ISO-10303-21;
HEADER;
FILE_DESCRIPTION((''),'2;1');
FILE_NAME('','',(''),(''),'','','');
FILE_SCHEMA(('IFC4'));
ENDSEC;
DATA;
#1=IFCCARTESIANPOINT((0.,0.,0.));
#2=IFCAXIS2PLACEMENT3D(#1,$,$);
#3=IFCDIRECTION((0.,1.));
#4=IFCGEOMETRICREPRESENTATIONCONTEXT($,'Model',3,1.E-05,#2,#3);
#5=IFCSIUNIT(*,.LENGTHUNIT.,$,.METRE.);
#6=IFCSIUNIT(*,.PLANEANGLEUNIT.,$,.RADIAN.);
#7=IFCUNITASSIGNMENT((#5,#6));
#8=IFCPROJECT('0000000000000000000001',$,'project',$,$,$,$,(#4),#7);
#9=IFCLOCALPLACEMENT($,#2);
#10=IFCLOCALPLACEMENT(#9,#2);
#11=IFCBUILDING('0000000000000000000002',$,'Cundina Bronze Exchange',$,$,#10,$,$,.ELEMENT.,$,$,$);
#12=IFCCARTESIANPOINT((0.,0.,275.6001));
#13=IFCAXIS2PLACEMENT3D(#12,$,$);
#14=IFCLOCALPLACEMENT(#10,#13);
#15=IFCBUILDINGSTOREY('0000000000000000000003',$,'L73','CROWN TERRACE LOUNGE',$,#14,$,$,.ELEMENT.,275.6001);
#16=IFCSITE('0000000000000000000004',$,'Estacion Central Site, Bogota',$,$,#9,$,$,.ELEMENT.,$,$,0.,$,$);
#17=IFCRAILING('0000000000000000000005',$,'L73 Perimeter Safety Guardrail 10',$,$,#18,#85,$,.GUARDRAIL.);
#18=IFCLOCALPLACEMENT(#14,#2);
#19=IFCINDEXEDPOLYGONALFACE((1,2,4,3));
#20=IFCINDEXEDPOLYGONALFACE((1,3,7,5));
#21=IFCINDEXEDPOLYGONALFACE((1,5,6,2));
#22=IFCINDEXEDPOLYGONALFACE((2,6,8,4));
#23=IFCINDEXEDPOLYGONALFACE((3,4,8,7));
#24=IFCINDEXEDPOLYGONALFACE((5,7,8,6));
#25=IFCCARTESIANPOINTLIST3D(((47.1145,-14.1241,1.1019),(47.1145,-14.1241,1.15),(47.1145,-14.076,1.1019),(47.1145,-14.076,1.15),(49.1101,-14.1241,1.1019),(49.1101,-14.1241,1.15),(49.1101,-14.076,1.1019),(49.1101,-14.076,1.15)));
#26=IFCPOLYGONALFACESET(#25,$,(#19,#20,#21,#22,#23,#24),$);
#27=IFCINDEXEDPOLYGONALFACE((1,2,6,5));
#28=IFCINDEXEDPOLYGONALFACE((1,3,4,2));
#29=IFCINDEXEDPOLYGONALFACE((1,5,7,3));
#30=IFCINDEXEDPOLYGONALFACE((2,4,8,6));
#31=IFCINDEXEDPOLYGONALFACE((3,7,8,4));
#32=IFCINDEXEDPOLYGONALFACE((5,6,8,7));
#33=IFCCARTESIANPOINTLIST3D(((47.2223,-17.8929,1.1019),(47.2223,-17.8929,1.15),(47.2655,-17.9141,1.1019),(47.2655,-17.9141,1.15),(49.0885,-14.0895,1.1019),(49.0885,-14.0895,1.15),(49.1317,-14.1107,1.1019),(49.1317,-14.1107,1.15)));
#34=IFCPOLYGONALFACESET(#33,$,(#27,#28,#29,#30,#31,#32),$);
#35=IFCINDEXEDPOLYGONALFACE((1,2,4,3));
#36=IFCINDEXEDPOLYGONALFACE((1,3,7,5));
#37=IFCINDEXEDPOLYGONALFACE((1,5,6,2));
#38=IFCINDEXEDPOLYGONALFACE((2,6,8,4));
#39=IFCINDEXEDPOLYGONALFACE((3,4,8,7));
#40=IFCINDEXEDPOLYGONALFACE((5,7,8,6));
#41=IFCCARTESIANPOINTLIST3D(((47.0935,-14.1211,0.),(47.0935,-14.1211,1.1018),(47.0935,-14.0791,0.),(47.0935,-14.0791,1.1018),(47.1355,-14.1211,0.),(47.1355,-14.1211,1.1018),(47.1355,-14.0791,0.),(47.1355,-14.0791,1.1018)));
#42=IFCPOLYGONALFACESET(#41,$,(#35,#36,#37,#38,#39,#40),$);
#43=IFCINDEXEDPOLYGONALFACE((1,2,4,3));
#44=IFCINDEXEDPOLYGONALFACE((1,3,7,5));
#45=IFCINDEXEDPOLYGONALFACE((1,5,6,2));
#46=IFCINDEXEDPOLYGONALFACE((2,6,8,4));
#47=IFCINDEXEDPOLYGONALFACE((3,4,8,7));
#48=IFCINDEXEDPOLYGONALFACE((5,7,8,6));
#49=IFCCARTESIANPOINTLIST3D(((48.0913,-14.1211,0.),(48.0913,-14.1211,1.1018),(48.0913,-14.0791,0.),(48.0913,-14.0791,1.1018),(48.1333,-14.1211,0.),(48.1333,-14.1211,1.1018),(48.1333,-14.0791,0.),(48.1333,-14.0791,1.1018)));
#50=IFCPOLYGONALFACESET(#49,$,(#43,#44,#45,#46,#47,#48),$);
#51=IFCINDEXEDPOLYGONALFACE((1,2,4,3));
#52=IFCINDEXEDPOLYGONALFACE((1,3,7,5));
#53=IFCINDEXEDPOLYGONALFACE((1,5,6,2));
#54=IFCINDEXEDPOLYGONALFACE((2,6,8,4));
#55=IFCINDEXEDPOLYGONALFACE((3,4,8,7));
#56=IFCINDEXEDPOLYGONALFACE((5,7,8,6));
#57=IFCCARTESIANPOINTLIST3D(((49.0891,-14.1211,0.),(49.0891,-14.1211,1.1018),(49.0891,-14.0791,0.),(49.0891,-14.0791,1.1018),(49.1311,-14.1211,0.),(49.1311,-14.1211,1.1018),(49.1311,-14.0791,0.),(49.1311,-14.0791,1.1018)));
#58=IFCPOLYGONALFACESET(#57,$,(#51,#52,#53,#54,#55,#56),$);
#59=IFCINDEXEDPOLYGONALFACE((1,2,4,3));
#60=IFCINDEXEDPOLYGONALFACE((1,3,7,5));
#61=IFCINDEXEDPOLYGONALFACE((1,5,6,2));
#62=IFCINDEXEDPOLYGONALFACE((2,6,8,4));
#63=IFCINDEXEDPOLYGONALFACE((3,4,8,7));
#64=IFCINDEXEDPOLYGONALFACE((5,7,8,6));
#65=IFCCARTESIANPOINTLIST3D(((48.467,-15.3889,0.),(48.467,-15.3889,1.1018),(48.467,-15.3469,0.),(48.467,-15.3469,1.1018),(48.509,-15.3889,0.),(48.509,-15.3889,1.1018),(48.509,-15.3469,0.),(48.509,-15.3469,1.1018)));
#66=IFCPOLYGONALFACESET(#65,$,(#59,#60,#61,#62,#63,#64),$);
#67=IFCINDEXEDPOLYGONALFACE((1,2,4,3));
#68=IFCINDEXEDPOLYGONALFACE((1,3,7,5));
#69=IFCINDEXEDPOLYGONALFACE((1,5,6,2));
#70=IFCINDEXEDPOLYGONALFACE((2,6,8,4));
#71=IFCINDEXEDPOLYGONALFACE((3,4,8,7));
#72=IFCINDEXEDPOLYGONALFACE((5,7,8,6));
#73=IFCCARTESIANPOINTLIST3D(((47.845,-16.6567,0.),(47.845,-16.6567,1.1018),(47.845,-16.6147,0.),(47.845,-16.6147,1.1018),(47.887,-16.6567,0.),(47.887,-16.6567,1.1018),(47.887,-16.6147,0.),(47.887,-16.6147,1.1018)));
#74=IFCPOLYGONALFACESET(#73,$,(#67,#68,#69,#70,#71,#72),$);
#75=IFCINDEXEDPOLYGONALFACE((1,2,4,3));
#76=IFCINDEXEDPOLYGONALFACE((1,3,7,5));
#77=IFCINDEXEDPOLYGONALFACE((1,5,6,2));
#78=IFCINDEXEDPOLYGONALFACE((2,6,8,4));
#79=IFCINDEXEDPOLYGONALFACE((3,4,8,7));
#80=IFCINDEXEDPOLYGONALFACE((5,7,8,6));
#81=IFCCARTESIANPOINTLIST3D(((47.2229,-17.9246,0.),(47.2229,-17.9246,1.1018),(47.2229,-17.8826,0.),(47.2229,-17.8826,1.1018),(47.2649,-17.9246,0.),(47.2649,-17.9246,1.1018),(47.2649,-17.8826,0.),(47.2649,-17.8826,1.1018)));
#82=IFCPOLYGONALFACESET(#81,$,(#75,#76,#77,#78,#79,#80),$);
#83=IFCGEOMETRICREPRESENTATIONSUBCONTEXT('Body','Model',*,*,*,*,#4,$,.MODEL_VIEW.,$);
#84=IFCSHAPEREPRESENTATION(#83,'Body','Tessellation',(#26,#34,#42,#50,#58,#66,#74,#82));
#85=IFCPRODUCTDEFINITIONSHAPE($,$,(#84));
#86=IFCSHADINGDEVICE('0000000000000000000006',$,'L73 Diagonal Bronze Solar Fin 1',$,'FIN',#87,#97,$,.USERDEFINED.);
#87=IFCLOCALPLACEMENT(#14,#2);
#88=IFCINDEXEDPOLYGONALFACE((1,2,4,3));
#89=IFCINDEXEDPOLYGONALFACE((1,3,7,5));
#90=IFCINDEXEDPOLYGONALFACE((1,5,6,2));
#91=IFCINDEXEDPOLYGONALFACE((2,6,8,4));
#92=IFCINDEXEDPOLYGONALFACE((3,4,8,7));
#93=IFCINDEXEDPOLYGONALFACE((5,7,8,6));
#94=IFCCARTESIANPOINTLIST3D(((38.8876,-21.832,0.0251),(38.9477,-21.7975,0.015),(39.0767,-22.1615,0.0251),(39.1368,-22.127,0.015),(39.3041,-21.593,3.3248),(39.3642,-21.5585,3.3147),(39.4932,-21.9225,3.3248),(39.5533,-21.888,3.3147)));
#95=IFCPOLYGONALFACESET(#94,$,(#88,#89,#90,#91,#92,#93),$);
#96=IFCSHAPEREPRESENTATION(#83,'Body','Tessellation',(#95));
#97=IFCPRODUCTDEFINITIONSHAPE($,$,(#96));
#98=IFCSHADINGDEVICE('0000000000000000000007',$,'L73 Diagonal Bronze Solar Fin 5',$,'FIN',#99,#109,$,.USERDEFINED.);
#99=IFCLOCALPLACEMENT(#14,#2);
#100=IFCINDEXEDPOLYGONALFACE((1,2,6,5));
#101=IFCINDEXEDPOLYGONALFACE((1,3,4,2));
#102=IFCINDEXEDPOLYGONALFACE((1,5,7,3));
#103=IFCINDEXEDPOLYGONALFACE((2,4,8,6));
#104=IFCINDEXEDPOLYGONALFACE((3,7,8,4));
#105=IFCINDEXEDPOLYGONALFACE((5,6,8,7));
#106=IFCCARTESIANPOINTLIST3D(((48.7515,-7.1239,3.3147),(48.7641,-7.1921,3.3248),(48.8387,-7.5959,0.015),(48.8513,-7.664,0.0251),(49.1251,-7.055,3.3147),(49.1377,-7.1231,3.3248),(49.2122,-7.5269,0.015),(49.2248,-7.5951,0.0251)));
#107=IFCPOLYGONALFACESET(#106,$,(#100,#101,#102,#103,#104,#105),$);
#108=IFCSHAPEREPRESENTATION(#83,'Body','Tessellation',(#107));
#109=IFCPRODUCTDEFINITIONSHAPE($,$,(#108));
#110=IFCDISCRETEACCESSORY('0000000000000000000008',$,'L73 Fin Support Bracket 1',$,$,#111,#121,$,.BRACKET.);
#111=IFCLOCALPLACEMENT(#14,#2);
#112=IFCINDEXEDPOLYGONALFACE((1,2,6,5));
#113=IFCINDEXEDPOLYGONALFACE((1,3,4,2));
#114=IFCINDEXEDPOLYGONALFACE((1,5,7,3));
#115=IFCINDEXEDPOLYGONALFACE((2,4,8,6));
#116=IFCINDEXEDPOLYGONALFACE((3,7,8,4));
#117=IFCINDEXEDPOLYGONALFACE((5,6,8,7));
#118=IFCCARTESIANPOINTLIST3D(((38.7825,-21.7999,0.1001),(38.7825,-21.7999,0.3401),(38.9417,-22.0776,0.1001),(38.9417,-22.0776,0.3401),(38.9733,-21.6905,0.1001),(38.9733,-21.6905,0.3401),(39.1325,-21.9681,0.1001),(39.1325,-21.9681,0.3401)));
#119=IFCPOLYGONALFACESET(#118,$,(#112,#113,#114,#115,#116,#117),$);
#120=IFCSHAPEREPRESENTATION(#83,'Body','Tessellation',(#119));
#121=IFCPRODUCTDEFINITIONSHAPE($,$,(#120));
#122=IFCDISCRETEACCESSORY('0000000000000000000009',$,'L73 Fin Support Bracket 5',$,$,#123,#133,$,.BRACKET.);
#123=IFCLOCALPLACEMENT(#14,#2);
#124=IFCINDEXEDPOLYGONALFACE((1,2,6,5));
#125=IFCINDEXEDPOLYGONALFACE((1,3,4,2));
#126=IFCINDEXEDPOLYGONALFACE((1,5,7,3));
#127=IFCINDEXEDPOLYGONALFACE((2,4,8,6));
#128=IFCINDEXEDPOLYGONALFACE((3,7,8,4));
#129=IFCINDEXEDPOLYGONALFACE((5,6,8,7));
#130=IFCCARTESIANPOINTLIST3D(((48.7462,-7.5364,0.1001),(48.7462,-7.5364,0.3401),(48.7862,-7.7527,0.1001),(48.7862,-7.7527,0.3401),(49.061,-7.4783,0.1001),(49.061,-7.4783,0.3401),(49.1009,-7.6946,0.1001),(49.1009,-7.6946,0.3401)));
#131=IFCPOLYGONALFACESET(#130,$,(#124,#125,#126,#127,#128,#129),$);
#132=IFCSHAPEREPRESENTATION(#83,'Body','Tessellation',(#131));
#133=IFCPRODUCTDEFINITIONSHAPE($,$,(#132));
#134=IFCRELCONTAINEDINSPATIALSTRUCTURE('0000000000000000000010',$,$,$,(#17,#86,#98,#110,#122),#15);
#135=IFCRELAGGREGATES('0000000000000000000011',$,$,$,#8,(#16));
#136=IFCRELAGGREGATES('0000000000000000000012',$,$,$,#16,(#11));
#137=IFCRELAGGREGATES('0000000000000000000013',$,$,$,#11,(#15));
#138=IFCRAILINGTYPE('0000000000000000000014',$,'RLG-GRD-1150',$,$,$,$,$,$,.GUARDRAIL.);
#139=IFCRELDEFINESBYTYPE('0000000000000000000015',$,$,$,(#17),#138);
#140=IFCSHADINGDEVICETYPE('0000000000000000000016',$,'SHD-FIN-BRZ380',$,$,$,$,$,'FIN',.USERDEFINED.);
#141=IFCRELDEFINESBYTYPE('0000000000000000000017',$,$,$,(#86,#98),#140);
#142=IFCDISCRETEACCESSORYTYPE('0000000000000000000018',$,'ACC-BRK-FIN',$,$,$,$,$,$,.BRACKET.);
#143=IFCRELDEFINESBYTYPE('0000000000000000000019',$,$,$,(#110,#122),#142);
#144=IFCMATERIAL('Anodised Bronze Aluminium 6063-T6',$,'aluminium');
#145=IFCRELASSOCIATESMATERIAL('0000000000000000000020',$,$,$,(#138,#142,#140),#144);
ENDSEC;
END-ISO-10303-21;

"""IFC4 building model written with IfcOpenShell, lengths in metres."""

from ifc_helpers import new_model, si_unit, direction, frame, origin, origin_2d, place, context, subcontext, project, spatial, rectangle, extrude, material, material_profile, profile_set, type_object, element, save


model = new_model("IFC4")

# Units and contexts
model_context = context("Model", 3, precision=1e-05, world=origin(), true_north=direction((0.0, 1.0)))
body_context = subcontext(model_context, "Body", "Model", "MODEL_VIEW")
ifc_project = project(units=[si_unit("LENGTHUNIT", "METRE"), si_unit("PLANEANGLEUNIT", "RADIAN")], contexts=[model_context])

# Site, building, storey
site_placement = place(None, origin())
site = spatial("IfcSite", under=ifc_project, at=site_placement, Name="Estacion Central Site, Bogota", CompositionType="ELEMENT", RefElevation=0.0)
building_placement = place(site_placement, origin())
building = spatial("IfcBuilding", under=site, at=building_placement, Name="Cundina Bronze Exchange", CompositionType="ELEMENT")
storey_placement = place(building_placement, frame((0.0, 0.0, 275.6001)))
storey = spatial("IfcBuildingStorey", under=building, at=storey_placement, Name="L73", Description="CROWN TERRACE LOUNGE", CompositionType="ELEMENT", Elevation=275.6001)

# Shared definitions
ifc_material_1 = material(Name="Anodised Bronze Aluminium 6063-T6", Category="aluminium")

# Railing
railing_type = type_object("IfcRailingType", Name="RLG-GRD-1150", PredefinedType="GUARDRAIL", material=ifc_material_1)
railing_1_placement = place(storey_placement, frame((47.1145, -14.1001, 0.0)))
element("IfcRailing", 1, at=railing_1_placement, inside=storey, type_object=railing_type, Name="L73 Perimeter Safety Guardrail 10", PredefinedType="GUARDRAIL", context=body_context, shape_type="SweptSolid", body=[
    extrude(rectangle(XDim=0.0481, YDim=0.0481, at=origin_2d()), frame((0.0, 0.0, 1.126), z_axis=(1.0, 0.0, 0.0), x_axis=(0.0, 1.0, 0.0)), (0.0, 0.0, 1.0), 1.9956),
    extrude(rectangle(XDim=0.0481, YDim=0.0481, at=origin_2d()), frame((1.9956, 0.0, 1.126), z_axis=(-0.440493, -0.897756, 0.0), x_axis=(0.897756, -0.440493, 0.0)), (0.0, 0.0, 1.0), 4.2366),
    extrude(rectangle(XDim=0.042, YDim=0.042, at=origin_2d()), origin(), (0.0, 0.0, 1.0), 1.1018),
    extrude(rectangle(XDim=0.042, YDim=0.042, at=origin_2d()), frame((0.9978, 0.0, 0.0)), (0.0, 0.0, 1.0), 1.1018),
    extrude(rectangle(XDim=0.042, YDim=0.042, at=origin_2d()), frame((1.9956, 0.0, 0.0)), (0.0, 0.0, 1.0), 1.1018),
    extrude(rectangle(XDim=0.042, YDim=0.042, at=origin_2d()), frame((1.3735, -1.2678, 0.0)), (0.0, 0.0, 1.0), 1.1018),
    extrude(rectangle(XDim=0.042, YDim=0.042, at=origin_2d()), frame((0.7515, -2.5356, 0.0)), (0.0, 0.0, 1.0), 1.1018),
    extrude(rectangle(XDim=0.042, YDim=0.042, at=origin_2d()), frame((0.1294, -3.8035, 0.0)), (0.0, 0.0, 1.0), 1.1018),
])

# Shading devices
ifc_material_profile_1 = material_profile(ifc_material_1, rectangle(XDim=0.0701, YDim=0.3799, at=origin_2d()), Name="FIN70X380", Category="aluminium")
ifc_profile_set_1 = profile_set([ifc_material_profile_1], Name="Anodised Bronze Aluminium 6063-T6")
shading_device_type = type_object("IfcShadingDeviceType", Name="SHD-FIN-BRZ380", ElementType="FIN", PredefinedType="USERDEFINED", material=ifc_profile_set_1)
for number, where, z_axis, x_axis, name in (
    (2, (39.0122, -21.9795, 0.02), (0.124905, 0.071678, 0.989576), (-0.858293, -0.492538, 0.14401), "L73 Diagonal Bronze Solar Fin 1"),
    (3, (49.0317, -7.5955, 0.02), (-0.026138, 0.141527, 0.989589), (0.179725, -0.973132, 0.14392), "L73 Diagonal Bronze Solar Fin 5"),
):
    element("IfcShadingDevice", number, at=place(storey_placement, frame(where, z_axis=z_axis, x_axis=x_axis)), inside=storey, type_object=shading_device_type, Name=name, ObjectType="FIN", PredefinedType="USERDEFINED", context=body_context, shape_type="SweptSolid", body=[
        extrude(rectangle(XDim=0.0701, YDim=0.3799, at=origin_2d()), origin(), (0.0, 0.0, 1.0), 3.3345),
    ])

# Discrete accessories
discrete_accessory_type = type_object("IfcDiscreteAccessoryType", Name="ACC-BRK-FIN", PredefinedType="BRACKET", material=ifc_material_1)
for number, where, z_axis, x_axis, name in (
    (4, (38.9575, -21.884, 0.1001), (0.0, 0.0, 1.0), (0.867453, 0.497519, 0.0), "L73 Fin Support Bracket 1"),
    (5, (48.9236, -7.6155, 0.1001), (0.0, 0.0, 1.0), (-0.181566, 0.983379, 0.0), "L73 Fin Support Bracket 5"),
):
    element("IfcDiscreteAccessory", number, at=place(storey_placement, frame(where, z_axis=z_axis, x_axis=x_axis)), inside=storey, type_object=discrete_accessory_type, Name=name, PredefinedType="BRACKET", context=body_context, shape_type="SweptSolid", body=[
        extrude(rectangle(XDim=0.22, YDim=0.3201, at=origin_2d()), origin(), (0.0, 0.0, 1.0), 0.24),
    ])

save(model, "model.ifc")
